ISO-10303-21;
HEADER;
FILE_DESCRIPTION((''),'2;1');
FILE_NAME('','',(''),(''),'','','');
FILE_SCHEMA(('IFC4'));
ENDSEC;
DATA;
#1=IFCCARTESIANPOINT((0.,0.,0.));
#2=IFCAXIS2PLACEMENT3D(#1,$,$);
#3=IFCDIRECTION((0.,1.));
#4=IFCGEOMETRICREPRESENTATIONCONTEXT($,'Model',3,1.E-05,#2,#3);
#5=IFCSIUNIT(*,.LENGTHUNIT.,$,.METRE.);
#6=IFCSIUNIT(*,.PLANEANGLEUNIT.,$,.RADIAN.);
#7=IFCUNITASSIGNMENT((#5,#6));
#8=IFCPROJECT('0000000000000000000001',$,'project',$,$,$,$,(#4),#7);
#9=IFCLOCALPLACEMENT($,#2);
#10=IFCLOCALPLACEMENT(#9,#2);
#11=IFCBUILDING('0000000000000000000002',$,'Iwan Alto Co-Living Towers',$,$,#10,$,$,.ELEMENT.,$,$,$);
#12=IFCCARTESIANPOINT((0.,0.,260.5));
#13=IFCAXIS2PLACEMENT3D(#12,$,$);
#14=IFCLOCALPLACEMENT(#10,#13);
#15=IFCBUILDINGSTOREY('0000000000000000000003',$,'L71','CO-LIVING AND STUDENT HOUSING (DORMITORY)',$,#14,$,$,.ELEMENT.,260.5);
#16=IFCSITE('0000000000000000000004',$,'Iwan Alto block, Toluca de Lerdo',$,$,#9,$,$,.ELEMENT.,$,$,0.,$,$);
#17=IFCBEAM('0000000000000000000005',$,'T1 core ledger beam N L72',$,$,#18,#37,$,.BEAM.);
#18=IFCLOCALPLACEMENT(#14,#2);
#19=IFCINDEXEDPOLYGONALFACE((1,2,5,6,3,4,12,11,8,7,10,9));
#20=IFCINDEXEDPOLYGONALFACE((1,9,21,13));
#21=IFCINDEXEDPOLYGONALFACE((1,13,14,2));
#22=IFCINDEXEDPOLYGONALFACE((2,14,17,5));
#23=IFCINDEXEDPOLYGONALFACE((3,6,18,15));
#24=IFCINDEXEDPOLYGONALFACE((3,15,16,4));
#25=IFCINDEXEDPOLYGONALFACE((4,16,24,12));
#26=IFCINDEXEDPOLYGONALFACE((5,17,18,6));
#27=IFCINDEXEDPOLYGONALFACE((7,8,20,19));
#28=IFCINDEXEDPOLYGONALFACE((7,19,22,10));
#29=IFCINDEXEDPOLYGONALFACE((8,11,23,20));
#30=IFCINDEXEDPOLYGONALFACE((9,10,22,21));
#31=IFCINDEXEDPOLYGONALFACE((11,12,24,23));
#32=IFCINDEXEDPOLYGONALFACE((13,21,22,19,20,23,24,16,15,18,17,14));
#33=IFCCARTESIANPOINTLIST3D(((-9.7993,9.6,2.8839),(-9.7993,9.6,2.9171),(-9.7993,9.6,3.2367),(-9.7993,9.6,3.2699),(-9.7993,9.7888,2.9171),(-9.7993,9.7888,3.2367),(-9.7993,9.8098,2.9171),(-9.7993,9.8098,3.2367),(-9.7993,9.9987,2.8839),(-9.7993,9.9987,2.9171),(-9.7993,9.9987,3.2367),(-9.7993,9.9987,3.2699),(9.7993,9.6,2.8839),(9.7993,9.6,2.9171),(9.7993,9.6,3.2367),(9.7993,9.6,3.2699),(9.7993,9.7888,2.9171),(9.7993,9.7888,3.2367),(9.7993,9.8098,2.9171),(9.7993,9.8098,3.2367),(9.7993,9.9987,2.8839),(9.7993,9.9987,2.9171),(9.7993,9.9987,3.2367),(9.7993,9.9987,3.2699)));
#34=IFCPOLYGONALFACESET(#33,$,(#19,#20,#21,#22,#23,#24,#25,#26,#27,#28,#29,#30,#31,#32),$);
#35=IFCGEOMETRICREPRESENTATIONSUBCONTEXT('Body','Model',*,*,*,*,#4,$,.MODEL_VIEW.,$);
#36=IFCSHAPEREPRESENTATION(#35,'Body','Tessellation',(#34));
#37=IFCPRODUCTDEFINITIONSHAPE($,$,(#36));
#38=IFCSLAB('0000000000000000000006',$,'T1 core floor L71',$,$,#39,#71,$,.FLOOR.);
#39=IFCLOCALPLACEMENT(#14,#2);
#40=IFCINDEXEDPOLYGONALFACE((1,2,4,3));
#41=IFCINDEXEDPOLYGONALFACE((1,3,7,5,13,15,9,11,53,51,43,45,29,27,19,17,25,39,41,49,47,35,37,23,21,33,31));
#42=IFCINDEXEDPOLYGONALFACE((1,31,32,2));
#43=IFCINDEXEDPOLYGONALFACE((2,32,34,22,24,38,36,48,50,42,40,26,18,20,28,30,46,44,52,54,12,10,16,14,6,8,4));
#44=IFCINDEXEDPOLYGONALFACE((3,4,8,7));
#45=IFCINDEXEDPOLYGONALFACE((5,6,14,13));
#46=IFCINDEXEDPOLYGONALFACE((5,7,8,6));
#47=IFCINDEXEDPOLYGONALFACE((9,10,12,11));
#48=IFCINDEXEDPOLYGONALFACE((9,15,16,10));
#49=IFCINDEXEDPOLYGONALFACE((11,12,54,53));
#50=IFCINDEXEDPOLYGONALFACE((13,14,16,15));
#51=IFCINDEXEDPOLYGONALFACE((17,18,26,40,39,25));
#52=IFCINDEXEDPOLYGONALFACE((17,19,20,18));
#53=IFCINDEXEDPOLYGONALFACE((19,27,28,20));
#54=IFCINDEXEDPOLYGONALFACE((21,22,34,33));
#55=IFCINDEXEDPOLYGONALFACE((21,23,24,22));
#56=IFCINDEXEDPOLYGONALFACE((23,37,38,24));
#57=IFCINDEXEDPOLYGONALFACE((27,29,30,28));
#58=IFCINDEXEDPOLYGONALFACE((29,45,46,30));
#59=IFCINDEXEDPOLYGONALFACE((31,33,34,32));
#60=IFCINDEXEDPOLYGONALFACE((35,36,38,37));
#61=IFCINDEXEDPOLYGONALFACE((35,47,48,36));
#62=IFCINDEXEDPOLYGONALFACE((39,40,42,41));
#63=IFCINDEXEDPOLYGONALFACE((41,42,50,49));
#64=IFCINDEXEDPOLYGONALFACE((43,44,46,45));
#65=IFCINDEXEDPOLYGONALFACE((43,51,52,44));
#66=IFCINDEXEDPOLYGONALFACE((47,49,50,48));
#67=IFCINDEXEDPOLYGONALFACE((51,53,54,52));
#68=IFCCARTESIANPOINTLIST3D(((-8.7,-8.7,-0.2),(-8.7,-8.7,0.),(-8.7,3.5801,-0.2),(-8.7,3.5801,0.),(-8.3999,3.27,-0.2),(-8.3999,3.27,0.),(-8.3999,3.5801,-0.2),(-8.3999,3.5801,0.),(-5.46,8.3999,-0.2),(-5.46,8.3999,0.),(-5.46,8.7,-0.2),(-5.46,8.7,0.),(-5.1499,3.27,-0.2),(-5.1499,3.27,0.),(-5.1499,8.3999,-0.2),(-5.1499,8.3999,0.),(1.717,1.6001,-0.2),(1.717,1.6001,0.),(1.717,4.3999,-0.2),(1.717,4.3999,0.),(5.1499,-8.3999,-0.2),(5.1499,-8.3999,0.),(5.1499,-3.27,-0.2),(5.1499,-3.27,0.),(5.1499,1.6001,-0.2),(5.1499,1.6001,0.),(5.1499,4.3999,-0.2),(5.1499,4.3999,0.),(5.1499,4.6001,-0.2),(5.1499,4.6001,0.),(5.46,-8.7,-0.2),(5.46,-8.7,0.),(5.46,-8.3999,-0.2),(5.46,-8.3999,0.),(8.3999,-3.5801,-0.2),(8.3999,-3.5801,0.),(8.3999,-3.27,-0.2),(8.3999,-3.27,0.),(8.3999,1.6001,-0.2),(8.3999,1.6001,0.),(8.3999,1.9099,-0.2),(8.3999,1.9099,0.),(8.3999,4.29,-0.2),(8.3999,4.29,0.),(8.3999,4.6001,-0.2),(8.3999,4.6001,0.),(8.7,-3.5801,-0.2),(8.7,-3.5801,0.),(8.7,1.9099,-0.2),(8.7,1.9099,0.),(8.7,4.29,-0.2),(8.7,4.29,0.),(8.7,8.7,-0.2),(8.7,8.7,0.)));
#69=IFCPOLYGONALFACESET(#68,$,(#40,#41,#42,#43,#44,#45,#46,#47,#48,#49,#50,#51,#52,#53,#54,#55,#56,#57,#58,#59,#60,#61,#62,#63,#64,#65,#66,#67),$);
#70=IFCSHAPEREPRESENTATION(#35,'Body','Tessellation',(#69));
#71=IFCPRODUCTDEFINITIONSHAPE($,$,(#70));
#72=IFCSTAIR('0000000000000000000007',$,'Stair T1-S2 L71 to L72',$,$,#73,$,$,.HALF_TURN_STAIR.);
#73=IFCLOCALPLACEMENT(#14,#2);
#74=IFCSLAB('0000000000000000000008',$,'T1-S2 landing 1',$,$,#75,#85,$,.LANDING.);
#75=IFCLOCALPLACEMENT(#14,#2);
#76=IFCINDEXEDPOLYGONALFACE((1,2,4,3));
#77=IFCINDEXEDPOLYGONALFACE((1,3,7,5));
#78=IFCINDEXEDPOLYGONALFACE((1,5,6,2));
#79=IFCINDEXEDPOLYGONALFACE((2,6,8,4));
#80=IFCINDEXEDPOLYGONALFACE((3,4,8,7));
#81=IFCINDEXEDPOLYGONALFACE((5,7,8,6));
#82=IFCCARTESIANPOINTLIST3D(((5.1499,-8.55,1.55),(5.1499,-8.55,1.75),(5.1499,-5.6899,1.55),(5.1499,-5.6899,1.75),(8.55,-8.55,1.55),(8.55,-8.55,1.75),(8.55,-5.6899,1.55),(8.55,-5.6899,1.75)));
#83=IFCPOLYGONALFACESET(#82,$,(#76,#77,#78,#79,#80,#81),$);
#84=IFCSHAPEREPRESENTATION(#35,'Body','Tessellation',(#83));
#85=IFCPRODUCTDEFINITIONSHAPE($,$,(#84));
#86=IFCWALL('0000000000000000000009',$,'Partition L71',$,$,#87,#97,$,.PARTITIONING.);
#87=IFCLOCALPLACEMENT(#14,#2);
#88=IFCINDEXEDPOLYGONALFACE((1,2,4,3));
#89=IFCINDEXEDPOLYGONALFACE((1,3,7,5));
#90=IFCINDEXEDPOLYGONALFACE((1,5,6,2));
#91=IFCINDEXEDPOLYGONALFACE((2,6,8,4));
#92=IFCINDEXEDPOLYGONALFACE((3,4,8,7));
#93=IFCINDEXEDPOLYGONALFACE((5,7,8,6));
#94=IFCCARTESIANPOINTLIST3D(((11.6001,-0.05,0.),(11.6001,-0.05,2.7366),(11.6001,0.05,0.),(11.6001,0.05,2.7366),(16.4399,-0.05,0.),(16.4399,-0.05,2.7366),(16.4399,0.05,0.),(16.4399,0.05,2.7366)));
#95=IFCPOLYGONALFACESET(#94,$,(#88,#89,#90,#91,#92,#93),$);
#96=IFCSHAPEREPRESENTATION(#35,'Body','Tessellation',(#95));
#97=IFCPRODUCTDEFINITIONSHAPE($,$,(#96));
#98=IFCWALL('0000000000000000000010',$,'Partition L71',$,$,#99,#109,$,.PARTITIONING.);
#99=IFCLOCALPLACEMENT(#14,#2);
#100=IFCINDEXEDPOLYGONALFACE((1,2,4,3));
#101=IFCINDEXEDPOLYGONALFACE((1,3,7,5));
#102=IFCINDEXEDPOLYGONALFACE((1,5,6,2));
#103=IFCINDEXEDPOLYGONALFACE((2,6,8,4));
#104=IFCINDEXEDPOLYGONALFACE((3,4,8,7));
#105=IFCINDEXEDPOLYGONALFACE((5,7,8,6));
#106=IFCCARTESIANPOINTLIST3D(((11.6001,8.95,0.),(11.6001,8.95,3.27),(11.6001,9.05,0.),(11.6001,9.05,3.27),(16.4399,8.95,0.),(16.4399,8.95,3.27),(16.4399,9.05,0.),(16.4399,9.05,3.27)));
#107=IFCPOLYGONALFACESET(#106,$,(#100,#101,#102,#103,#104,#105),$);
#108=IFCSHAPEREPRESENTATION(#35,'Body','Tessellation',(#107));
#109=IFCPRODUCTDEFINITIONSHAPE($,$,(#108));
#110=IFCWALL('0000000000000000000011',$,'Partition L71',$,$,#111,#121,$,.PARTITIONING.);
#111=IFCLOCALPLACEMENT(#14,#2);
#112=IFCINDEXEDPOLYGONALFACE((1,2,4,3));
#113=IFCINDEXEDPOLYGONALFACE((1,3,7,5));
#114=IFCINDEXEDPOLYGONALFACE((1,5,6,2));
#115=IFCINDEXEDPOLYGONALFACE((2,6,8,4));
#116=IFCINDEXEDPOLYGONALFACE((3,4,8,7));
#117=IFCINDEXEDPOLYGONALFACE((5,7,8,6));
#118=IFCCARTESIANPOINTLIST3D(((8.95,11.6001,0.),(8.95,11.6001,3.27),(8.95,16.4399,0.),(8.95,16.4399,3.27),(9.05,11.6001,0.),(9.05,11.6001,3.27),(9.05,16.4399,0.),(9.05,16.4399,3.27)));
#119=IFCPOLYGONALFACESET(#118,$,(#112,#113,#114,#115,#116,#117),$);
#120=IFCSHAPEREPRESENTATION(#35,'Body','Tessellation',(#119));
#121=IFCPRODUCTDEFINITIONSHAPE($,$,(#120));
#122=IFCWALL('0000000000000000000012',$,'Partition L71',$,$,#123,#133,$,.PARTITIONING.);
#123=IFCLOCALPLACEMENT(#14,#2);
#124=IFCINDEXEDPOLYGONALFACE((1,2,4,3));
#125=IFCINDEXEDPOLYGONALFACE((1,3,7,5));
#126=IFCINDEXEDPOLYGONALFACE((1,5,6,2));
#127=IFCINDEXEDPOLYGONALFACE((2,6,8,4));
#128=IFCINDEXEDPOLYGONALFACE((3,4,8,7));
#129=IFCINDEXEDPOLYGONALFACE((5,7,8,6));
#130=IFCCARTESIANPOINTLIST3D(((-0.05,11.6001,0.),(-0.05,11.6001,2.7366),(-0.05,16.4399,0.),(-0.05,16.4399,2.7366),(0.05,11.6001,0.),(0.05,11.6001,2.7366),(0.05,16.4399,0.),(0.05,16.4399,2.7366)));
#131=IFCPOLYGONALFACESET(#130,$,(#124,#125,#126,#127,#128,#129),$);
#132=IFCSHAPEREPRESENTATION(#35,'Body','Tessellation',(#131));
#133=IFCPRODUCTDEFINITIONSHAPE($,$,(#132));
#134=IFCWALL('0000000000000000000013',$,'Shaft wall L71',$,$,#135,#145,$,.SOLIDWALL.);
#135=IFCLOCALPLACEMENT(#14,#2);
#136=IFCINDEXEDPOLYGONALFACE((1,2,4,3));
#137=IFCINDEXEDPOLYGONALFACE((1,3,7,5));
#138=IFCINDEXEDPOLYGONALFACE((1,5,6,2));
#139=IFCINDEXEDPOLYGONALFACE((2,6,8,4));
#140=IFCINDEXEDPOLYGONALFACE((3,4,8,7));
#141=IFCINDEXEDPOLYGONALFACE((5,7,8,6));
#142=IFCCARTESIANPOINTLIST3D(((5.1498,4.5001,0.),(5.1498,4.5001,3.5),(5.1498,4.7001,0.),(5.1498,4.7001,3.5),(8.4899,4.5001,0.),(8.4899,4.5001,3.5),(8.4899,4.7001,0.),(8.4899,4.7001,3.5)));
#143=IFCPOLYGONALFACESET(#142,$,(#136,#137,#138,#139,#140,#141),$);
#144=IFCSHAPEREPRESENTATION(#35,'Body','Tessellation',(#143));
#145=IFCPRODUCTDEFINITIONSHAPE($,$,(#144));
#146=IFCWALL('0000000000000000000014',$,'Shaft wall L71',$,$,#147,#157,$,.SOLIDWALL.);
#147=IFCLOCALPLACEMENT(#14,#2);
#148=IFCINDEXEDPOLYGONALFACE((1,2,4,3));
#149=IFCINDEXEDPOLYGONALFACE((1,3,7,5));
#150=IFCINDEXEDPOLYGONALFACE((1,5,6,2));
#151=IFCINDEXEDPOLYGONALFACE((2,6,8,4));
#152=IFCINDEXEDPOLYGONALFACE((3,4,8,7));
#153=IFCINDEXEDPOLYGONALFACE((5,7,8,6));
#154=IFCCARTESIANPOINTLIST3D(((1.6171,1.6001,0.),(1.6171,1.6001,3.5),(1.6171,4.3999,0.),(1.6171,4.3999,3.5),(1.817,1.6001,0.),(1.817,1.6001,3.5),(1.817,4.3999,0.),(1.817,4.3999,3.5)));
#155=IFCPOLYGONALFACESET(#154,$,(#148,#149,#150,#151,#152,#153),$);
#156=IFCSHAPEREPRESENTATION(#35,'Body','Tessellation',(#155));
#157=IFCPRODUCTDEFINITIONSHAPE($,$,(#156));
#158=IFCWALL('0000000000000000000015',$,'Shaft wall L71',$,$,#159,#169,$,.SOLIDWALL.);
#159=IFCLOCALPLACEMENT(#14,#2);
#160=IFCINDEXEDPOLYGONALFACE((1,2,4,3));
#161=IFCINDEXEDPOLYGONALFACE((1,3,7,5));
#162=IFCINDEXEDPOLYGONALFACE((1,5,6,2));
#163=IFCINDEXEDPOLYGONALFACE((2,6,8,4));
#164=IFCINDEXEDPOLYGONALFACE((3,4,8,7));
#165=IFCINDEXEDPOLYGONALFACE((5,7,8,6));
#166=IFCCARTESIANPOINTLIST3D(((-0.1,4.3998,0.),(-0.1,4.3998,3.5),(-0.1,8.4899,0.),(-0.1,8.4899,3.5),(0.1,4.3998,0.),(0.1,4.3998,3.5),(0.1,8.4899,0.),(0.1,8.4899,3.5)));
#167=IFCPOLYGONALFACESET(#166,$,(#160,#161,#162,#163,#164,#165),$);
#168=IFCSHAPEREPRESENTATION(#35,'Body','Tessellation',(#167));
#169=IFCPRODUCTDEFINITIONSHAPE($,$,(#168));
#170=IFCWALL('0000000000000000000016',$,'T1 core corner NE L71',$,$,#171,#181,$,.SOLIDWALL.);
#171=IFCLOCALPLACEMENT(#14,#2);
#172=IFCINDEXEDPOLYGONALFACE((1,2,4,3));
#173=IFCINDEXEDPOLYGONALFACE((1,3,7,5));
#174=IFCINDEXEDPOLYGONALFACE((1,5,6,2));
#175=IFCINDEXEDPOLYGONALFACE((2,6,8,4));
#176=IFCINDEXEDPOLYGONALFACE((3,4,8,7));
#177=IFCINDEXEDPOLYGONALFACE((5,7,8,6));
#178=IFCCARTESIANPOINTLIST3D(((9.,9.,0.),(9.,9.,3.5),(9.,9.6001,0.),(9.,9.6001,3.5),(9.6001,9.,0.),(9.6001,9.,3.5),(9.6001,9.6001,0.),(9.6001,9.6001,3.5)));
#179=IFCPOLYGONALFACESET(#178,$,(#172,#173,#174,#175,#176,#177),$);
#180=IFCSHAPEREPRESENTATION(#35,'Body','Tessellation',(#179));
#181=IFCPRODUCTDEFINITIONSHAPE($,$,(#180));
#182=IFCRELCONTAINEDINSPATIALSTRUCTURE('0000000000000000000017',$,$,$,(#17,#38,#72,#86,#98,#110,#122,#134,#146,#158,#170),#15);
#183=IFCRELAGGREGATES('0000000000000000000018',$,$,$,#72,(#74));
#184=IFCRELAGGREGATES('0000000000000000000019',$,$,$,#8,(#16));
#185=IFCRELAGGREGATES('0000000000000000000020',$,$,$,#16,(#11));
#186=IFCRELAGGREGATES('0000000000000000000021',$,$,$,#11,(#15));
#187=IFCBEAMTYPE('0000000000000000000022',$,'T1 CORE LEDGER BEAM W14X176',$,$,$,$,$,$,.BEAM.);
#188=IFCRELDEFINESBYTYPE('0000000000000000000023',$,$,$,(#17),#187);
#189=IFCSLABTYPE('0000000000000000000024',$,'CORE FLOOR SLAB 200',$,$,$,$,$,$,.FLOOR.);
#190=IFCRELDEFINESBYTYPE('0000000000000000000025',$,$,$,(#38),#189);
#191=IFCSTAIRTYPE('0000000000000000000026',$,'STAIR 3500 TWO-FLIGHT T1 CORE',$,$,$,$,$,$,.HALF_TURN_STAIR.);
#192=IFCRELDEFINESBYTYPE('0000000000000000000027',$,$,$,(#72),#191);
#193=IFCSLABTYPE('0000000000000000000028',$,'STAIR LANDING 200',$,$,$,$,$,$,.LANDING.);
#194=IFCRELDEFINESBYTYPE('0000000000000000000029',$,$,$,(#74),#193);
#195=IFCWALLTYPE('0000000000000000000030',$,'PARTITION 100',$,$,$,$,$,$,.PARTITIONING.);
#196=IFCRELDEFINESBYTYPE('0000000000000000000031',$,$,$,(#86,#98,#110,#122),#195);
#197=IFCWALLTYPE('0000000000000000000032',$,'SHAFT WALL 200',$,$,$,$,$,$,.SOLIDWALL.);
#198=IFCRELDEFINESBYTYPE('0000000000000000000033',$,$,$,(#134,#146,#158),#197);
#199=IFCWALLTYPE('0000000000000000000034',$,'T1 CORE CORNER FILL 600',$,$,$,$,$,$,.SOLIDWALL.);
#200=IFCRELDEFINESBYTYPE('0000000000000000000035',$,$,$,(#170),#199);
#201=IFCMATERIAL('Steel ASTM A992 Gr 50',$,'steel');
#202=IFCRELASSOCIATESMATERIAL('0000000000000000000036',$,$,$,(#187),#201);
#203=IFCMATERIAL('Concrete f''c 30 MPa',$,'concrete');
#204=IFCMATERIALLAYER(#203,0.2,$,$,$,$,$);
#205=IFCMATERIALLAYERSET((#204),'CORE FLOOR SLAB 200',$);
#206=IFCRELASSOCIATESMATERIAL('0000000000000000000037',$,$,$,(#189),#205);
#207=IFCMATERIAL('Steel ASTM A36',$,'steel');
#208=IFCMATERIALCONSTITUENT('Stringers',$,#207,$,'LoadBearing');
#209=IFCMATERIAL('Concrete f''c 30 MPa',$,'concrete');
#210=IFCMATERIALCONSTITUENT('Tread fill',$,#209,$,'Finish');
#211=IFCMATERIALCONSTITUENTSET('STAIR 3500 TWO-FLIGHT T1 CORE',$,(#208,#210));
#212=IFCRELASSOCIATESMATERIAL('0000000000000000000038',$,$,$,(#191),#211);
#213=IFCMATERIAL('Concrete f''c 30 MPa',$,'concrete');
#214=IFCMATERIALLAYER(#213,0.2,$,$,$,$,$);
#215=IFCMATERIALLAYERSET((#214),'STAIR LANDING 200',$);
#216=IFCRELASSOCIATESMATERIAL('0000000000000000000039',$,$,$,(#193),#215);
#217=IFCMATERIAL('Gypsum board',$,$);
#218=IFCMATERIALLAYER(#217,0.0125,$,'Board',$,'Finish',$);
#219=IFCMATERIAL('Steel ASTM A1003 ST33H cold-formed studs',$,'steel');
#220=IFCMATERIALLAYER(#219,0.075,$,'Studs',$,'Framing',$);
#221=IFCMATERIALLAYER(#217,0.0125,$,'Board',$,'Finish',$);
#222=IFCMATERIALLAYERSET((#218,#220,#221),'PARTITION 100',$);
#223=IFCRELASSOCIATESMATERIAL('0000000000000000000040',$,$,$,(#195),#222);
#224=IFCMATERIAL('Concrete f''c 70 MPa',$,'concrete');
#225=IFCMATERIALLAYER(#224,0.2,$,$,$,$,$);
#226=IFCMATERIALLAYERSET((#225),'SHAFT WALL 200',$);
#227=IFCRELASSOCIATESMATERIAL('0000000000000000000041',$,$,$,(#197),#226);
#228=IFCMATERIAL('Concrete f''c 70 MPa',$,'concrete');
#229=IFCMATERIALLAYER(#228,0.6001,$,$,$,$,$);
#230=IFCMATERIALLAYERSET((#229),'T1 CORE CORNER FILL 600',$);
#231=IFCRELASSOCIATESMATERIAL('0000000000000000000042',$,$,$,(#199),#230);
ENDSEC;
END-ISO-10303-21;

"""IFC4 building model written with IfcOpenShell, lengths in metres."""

from ifc_helpers import new_model, si_unit, direction, frame, frame_2d, origin, origin_2d, place, context, subcontext, project, spatial, polyline, rectangle, i_section, outline, extrude, material, layer, layer_set, constituent, constituent_set, material_profile, profile_set, type_object, element, aggregate, save


model = new_model("IFC4")

# Units and contexts
model_context = context("Model", 3, precision=1e-05, world=origin(), true_north=direction((0.0, 1.0)))
body_context = subcontext(model_context, "Body", "Model", "MODEL_VIEW")
ifc_project = project(units=[si_unit("LENGTHUNIT", "METRE"), si_unit("PLANEANGLEUNIT", "RADIAN")], contexts=[model_context])

# Site, building, storey
site_placement = place(None, origin())
site = spatial("IfcSite", under=ifc_project, at=site_placement, Name="Iwan Alto block, Toluca de Lerdo", CompositionType="ELEMENT", RefElevation=0.0)
building_placement = place(site_placement, origin())
building = spatial("IfcBuilding", under=site, at=building_placement, Name="Iwan Alto Co-Living Towers", CompositionType="ELEMENT")
storey_placement = place(building_placement, frame((0.0, 0.0, 260.5)))
storey = spatial("IfcBuildingStorey", under=building, at=storey_placement, Name="L71", Description="CO-LIVING AND STUDENT HOUSING (DORMITORY)", CompositionType="ELEMENT", Elevation=260.5)

# Beam
ifc_material_1 = material(Name="Steel ASTM A992 Gr 50", Category="steel")
ifc_material_profile = material_profile(ifc_material_1, i_section(OverallWidth=0.3987, OverallDepth=0.386, WebThickness=0.021, FlangeThickness=0.0332, at=origin_2d()), Name="W14X176")
ifc_profile_set = profile_set([ifc_material_profile], Name="Steel ASTM A992 Gr 50")
beam_type = type_object("IfcBeamType", Name="T1 CORE LEDGER BEAM W14X176", PredefinedType="BEAM", material=ifc_profile_set)
beam_placement = place(storey_placement, frame((9.7993, 9.7993, 3.0769), z_axis=(-1.0, 0.0, 0.0), x_axis=(0.0, -1.0, 0.0)))
element("IfcBeam", 1, at=beam_placement, inside=storey, type_object=beam_type, Name="T1 core ledger beam N L72", PredefinedType="BEAM", context=body_context, shape_type="SweptSolid", body=[
    extrude(i_section(OverallWidth=0.3987, OverallDepth=0.386, WebThickness=0.021, FlangeThickness=0.0332, at=origin_2d()), origin(), (0.0, 0.0, 1.0), 19.5986),
])

# Slab
ifc_material_2 = material(Name="Concrete f'c 30 MPa", Category="concrete")
ifc_layer_1 = layer(ifc_material_2, 0.2)
ifc_layer_set_1 = layer_set([ifc_layer_1], Name="CORE FLOOR SLAB 200")
slab_type_1 = type_object("IfcSlabType", Name="CORE FLOOR SLAB 200", PredefinedType="FLOOR", material=ifc_layer_set_1)
slab_1_placement = place(storey_placement, frame((0.0, 0.0, -0.2)))
element("IfcSlab", 2, at=slab_1_placement, inside=storey, type_object=slab_type_1, Name="T1 core floor L71", PredefinedType="FLOOR", context=body_context, shape_type="SweptSolid", body=[
    extrude(outline(polyline([(-8.7, 3.5801), (-8.3999, 3.5801), (-8.3999, 3.27), (-5.1499, 3.27), (-5.1499, 8.3999), (-5.46, 8.3999), (-5.46, 8.7), (8.7, 8.7), (8.7, 4.29), (8.3999, 4.29), (8.3999, 4.6001), (5.1499, 4.6001), (5.1499, 4.3999), (1.717, 4.3999), (1.717, 1.6001), (5.1499, 1.6001), (8.3999, 1.6001), (8.3999, 1.9099), (8.7, 1.9099), (8.7, -3.5801), (8.3999, -3.5801), (8.3999, -3.27), (5.1499, -3.27), (5.1499, -8.3999), (5.46, -8.3999), (5.46, -8.7), (-8.7, -8.7), (-8.7, 3.5801)])), origin(), (0.0, 0.0, 1.0), 0.2),
])

# Stair, slab
ifc_material_3 = material(Name="Steel ASTM A36", Category="steel")
ifc_constituent_1 = constituent(ifc_material_3, Name="Stringers", Category="LoadBearing")
ifc_material_4 = material(Name="Concrete f'c 30 MPa", Category="concrete")
ifc_constituent_2 = constituent(ifc_material_4, Name="Tread fill", Category="Finish")
ifc_constituent_set = constituent_set(constituents=[ifc_constituent_1, ifc_constituent_2], Name="STAIR 3500 TWO-FLIGHT T1 CORE")
stair_type = type_object("IfcStairType", Name="STAIR 3500 TWO-FLIGHT T1 CORE", PredefinedType="HALF_TURN_STAIR", material=ifc_constituent_set)
stair_placement = place(storey_placement, origin())
stair = element("IfcStair", 3, at=stair_placement, inside=storey, type_object=stair_type, Name="Stair T1-S2 L71 to L72", PredefinedType="HALF_TURN_STAIR")
ifc_material_5 = material(Name="Concrete f'c 30 MPa", Category="concrete")
ifc_layer_2 = layer(ifc_material_5, 0.2)
ifc_layer_set_2 = layer_set([ifc_layer_2], Name="STAIR LANDING 200")
slab_type_2 = type_object("IfcSlabType", Name="STAIR LANDING 200", PredefinedType="LANDING", material=ifc_layer_set_2)
slab_2_placement = place(storey_placement, frame((0.0, 0.0, 1.55)))
slab_2 = element("IfcSlab", 4, at=slab_2_placement, type_object=slab_type_2, Name="T1-S2 landing 1", PredefinedType="LANDING", context=body_context, shape_type="SweptSolid", body=[
    extrude(outline(polyline([(5.1499, -5.6899), (5.1499, -8.55), (8.55, -8.55), (8.55, -5.6899), (5.1499, -5.6899)])), origin(), (0.0, 0.0, 1.0), 0.2),
])
aggregate(stair, [slab_2])

# Walls
ifc_material_6 = material(Name="Gypsum board")
ifc_layer_3 = layer(ifc_material_6, 0.0125, Name="Board", Category="Finish")
ifc_material_7 = material(Name="Steel ASTM A1003 ST33H cold-formed studs", Category="steel")
ifc_layer_4 = layer(ifc_material_7, 0.075, Name="Studs", Category="Framing")
ifc_layer_5 = layer(ifc_material_6, 0.0125, Name="Board", Category="Finish")
ifc_layer_set_3 = layer_set([ifc_layer_3, ifc_layer_4, ifc_layer_5], Name="PARTITION 100")
wall_type_1 = type_object("IfcWallType", Name="PARTITION 100", PredefinedType="PARTITIONING", material=ifc_layer_set_3)
wall_1_placement = place(storey_placement, frame((11.6001, 0.0, 0.0), z_axis=(0.0, 0.0, 1.0), x_axis=(1.0, 0.0, 0.0)))
element("IfcWall", 5, at=wall_1_placement, inside=storey, type_object=wall_type_1, Name="Partition L71", PredefinedType="PARTITIONING", context=body_context, shape_type="SweptSolid", body=[
    extrude(rectangle(XDim=4.8398, YDim=0.1001, at=frame_2d((2.4199, 0.0))), origin(), (0.0, 0.0, 1.0), 2.7366),
])
for number, where, z_axis, x_axis, name in (
    (6, (11.6001, 9.0, 0.0), (0.0, 0.0, 1.0), (1.0, 0.0, 0.0), "Partition L71"),
    (7, (9.0, 11.6001, 0.0), (0.0, 0.0, 1.0), (0.0, 1.0, 0.0), "Partition L71"),
):
    element("IfcWall", number, at=place(storey_placement, frame(where, z_axis=z_axis, x_axis=x_axis)), inside=storey, type_object=wall_type_1, Name=name, PredefinedType="PARTITIONING", context=body_context, shape_type="SweptSolid", body=[
        extrude(rectangle(XDim=4.8398, YDim=0.1001, at=frame_2d((2.4199, 0.0))), origin(), (0.0, 0.0, 1.0), 3.27),
    ])
wall_2_placement = place(storey_placement, frame((0.0, 11.6001, 0.0), z_axis=(0.0, 0.0, 1.0), x_axis=(0.0, 1.0, 0.0)))
element("IfcWall", 8, at=wall_2_placement, inside=storey, type_object=wall_type_1, Name="Partition L71", PredefinedType="PARTITIONING", context=body_context, shape_type="SweptSolid", body=[
    extrude(rectangle(XDim=4.8398, YDim=0.1001, at=frame_2d((2.4199, 0.0))), origin(), (0.0, 0.0, 1.0), 2.7366),
])
ifc_material_8 = material(Name="Concrete f'c 70 MPa", Category="concrete")
ifc_layer_6 = layer(ifc_material_8, 0.2)
ifc_layer_set_4 = layer_set([ifc_layer_6], Name="SHAFT WALL 200")
wall_type_2 = type_object("IfcWallType", Name="SHAFT WALL 200", PredefinedType="SOLIDWALL", material=ifc_layer_set_4)
wall_3_placement = place(storey_placement, frame((5.1499, 4.6001, 0.0), z_axis=(0.0, 0.0, 1.0), x_axis=(1.0, 0.0, 0.0)))
element("IfcWall", 9, at=wall_3_placement, inside=storey, type_object=wall_type_2, Name="Shaft wall L71", PredefinedType="SOLIDWALL", context=body_context, shape_type="SweptSolid", body=[
    extrude(rectangle(XDim=3.3401, YDim=0.2, at=frame_2d((1.6699, 0.0))), origin(), (0.0, 0.0, 1.0), 3.5),
])
wall_4_placement = place(storey_placement, frame((1.717, 1.6001, 0.0), z_axis=(0.0, 0.0, 1.0), x_axis=(0.0, 1.0, 0.0)))
element("IfcWall", 10, at=wall_4_placement, inside=storey, type_object=wall_type_2, Name="Shaft wall L71", PredefinedType="SOLIDWALL", context=body_context, shape_type="SweptSolid", body=[
    extrude(rectangle(XDim=2.7998, YDim=0.2, at=frame_2d((1.3999, 0.0))), origin(), (0.0, 0.0, 1.0), 3.5),
])
wall_5_placement = place(storey_placement, frame((0.0, 4.3999, 0.0), z_axis=(0.0, 0.0, 1.0), x_axis=(0.0, 1.0, 0.0)))
element("IfcWall", 11, at=wall_5_placement, inside=storey, type_object=wall_type_2, Name="Shaft wall L71", PredefinedType="SOLIDWALL", context=body_context, shape_type="SweptSolid", body=[
    extrude(rectangle(XDim=4.0901, YDim=0.2, at=frame_2d((2.0449, 0.0))), origin(), (0.0, 0.0, 1.0), 3.5),
])
ifc_material_9 = material(Name="Concrete f'c 70 MPa", Category="concrete")
ifc_layer_7 = layer(ifc_material_9, 0.6001)
ifc_layer_set_5 = layer_set([ifc_layer_7], Name="T1 CORE CORNER FILL 600")
wall_type_3 = type_object("IfcWallType", Name="T1 CORE CORNER FILL 600", PredefinedType="SOLIDWALL", material=ifc_layer_set_5)
wall_6_placement = place(storey_placement, frame((9.0, 9.3, 0.0), z_axis=(0.0, 0.0, 1.0), x_axis=(1.0, 0.0, 0.0)))
element("IfcWall", 12, at=wall_6_placement, inside=storey, type_object=wall_type_3, Name="T1 core corner NE L71", PredefinedType="SOLIDWALL", context=body_context, shape_type="SweptSolid", body=[
    extrude(rectangle(XDim=0.6001, YDim=0.6001, at=frame_2d((0.3, 0.0))), origin(), (0.0, 0.0, 1.0), 3.5),
])

save(model, "model.ifc")
